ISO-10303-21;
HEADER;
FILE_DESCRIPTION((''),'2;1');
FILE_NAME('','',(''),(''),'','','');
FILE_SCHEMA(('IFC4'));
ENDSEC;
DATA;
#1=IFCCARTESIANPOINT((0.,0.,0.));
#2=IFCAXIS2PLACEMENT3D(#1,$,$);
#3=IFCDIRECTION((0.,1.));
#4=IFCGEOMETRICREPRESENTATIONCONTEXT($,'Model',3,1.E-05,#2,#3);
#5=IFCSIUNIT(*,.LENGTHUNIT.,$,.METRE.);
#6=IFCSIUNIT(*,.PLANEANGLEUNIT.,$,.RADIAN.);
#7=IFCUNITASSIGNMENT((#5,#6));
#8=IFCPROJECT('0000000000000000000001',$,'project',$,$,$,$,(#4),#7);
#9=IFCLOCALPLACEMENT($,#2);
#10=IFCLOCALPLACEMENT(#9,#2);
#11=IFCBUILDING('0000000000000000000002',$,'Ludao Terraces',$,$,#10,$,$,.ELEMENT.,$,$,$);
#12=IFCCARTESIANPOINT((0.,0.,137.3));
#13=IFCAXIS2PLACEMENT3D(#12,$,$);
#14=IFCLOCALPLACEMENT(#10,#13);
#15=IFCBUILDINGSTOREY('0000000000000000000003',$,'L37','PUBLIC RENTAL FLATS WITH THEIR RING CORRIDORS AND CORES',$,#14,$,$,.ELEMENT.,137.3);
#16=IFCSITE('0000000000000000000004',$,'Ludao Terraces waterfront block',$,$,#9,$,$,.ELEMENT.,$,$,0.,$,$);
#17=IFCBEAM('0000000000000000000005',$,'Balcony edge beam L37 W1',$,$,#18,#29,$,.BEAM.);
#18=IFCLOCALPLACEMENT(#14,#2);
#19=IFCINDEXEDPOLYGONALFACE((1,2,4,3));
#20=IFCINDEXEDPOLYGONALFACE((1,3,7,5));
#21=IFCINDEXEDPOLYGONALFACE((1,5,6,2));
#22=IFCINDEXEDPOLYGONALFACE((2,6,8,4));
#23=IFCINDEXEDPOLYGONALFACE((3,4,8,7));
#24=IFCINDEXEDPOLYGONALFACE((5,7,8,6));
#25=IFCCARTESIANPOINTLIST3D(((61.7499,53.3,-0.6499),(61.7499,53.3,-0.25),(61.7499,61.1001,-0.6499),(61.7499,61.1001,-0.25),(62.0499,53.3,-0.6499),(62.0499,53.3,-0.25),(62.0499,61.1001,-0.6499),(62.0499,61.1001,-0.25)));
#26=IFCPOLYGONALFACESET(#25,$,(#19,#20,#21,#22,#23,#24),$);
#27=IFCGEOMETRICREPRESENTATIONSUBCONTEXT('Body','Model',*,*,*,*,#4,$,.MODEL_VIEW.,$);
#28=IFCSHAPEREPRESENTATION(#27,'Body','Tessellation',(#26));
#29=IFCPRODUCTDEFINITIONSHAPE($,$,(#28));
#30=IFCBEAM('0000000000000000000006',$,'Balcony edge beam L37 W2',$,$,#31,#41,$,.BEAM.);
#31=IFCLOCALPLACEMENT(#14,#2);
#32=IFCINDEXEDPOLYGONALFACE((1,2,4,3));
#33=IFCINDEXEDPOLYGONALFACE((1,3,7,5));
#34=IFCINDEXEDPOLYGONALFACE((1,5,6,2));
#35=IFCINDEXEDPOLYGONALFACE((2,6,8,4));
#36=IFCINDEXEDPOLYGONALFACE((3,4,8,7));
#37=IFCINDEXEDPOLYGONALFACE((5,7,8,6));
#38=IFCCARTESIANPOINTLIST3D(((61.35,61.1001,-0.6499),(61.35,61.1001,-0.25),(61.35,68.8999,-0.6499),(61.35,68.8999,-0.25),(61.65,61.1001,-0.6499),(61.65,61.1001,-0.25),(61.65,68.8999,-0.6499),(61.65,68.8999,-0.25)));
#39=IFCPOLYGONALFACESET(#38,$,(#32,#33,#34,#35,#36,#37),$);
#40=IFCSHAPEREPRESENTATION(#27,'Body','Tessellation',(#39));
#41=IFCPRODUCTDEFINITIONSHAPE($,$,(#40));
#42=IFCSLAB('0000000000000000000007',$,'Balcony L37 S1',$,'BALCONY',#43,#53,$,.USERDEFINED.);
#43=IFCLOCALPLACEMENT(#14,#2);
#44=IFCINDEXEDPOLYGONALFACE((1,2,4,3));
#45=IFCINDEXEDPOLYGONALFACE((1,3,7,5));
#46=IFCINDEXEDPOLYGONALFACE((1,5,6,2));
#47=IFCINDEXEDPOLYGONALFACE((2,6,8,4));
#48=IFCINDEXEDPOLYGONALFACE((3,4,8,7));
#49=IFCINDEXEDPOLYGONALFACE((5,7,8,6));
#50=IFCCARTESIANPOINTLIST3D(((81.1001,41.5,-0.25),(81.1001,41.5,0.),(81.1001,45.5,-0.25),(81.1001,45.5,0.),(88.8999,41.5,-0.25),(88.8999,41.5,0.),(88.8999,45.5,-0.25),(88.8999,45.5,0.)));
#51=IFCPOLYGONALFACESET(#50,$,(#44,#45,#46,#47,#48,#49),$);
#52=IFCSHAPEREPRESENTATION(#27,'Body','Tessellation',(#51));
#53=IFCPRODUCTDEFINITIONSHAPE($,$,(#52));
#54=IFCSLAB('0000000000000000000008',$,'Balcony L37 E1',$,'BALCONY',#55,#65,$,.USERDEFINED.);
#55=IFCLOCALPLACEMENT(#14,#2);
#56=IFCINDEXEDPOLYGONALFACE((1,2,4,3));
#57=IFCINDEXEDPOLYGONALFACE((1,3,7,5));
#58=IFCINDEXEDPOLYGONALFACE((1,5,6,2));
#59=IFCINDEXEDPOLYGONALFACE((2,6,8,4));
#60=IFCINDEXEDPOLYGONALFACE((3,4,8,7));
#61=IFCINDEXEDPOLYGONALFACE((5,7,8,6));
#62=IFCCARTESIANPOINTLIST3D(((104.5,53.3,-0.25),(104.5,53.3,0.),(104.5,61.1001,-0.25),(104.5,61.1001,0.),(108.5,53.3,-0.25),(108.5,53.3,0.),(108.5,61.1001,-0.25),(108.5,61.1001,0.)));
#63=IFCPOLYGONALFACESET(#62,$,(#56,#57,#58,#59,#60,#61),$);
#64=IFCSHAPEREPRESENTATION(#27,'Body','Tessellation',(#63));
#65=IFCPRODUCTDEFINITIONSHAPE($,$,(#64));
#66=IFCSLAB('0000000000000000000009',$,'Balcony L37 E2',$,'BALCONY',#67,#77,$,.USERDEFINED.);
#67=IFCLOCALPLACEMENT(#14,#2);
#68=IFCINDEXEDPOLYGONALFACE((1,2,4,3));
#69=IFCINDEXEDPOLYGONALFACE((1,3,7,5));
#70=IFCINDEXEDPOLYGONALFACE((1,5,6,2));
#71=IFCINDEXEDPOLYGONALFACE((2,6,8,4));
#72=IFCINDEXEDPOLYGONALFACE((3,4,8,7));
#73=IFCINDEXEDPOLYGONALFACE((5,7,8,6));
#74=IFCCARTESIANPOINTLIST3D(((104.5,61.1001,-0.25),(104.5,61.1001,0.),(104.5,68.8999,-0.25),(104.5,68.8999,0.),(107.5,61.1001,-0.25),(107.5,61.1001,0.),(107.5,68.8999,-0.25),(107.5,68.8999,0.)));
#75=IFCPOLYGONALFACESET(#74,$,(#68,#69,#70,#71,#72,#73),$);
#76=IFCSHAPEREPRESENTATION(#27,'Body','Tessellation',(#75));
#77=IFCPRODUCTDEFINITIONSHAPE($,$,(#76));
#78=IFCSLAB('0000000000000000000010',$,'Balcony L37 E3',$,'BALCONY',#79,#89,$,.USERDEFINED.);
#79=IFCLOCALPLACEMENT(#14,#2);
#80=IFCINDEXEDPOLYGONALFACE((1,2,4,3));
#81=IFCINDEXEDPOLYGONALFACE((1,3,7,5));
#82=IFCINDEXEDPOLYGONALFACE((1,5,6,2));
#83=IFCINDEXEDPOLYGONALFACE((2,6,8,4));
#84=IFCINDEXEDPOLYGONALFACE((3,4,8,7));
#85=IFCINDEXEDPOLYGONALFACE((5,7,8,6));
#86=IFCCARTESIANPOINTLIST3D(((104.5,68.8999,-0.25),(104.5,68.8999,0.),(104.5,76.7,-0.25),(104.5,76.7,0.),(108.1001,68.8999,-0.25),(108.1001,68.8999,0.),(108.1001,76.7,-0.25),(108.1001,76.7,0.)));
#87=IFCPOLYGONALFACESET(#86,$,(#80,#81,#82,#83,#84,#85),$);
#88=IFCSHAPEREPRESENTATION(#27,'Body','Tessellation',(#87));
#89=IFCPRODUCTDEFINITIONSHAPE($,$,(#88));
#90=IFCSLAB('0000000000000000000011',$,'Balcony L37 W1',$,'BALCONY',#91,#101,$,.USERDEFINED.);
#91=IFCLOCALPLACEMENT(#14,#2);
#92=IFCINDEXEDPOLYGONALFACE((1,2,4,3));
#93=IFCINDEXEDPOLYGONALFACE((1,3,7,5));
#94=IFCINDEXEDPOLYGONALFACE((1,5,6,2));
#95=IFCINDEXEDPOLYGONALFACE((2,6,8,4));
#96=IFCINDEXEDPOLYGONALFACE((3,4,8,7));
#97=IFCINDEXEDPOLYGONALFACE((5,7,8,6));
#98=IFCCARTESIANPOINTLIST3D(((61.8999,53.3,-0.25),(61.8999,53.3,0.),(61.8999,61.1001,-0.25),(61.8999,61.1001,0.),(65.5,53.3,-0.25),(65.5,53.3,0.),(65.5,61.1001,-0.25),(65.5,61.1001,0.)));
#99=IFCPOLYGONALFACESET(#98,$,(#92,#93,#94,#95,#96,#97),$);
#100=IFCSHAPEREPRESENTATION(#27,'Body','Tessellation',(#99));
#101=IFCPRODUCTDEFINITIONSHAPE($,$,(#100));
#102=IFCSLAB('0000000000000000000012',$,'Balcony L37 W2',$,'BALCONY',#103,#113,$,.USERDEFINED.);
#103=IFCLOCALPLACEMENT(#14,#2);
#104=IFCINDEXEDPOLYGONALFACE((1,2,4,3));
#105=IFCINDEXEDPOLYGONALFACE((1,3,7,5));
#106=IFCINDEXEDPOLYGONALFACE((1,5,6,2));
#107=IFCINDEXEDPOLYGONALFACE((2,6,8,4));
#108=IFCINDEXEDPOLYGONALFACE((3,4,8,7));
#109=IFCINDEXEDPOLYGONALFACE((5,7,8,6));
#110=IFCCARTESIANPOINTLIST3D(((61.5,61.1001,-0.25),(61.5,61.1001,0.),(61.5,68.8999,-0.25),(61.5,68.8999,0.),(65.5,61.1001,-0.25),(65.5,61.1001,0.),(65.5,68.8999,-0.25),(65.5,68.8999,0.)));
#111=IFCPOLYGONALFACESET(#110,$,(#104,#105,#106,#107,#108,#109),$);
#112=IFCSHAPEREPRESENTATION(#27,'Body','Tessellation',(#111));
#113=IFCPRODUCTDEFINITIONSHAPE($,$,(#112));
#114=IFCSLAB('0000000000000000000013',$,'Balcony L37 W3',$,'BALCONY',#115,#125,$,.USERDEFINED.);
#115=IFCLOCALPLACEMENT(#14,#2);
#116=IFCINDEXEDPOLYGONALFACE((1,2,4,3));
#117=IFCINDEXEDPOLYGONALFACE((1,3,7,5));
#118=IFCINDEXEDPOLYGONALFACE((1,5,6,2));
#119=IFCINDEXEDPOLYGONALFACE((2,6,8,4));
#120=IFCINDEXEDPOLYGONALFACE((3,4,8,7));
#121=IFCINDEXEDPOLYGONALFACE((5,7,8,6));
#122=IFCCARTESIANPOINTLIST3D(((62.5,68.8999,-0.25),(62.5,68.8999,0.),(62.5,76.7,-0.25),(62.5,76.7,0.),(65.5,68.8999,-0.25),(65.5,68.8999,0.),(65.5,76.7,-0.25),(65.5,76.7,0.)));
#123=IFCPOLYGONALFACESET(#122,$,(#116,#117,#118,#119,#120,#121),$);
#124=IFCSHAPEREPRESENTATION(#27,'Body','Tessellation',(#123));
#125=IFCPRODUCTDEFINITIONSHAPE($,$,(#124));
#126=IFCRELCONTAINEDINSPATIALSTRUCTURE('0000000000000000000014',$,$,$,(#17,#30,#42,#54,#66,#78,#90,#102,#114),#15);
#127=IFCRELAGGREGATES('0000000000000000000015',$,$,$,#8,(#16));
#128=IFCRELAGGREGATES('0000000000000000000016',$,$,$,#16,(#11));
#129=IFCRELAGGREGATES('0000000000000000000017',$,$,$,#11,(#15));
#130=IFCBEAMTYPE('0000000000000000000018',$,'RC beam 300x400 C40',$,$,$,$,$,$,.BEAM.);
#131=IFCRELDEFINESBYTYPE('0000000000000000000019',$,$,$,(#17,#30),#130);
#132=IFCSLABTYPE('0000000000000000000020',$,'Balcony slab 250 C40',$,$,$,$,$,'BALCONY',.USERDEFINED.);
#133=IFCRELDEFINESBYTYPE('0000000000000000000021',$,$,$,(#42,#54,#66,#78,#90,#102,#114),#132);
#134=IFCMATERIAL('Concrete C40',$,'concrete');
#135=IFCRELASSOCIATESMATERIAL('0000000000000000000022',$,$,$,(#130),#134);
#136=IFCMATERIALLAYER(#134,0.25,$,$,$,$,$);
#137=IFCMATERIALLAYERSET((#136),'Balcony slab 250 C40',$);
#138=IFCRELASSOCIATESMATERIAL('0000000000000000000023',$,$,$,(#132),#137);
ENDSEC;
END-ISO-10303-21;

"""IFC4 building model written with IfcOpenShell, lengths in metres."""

from ifc_helpers import new_model, si_unit, direction, frame, origin, origin_2d, place, context, subcontext, project, spatial, polyline, rectangle, outline, extrude, material, layer, layer_set, material_profile, profile_set, type_object, element, save


model = new_model("IFC4")

# Units and contexts
model_context = context("Model", 3, precision=1e-05, world=origin(), true_north=direction((0.0, 1.0)))
body_context = subcontext(model_context, "Body", "Model", "MODEL_VIEW")
ifc_project = project(units=[si_unit("LENGTHUNIT", "METRE"), si_unit("PLANEANGLEUNIT", "RADIAN")], contexts=[model_context])

# Site, building, storey
site_placement = place(None, origin())
site = spatial("IfcSite", under=ifc_project, at=site_placement, Name="Ludao Terraces waterfront block", CompositionType="ELEMENT", RefElevation=0.0)
building_placement = place(site_placement, origin())
building = spatial("IfcBuilding", under=site, at=building_placement, Name="Ludao Terraces", CompositionType="ELEMENT")
storey_placement = place(building_placement, frame((0.0, 0.0, 137.3)))
storey = spatial("IfcBuildingStorey", under=building, at=storey_placement, Name="L37", Description="PUBLIC RENTAL FLATS WITH THEIR RING CORRIDORS AND CORES", CompositionType="ELEMENT", Elevation=137.3)

# Beams
ifc_material_1 = material(Name="Concrete C40", Category="concrete")
ifc_material_profile = material_profile(ifc_material_1, rectangle(XDim=0.3, YDim=0.3999, at=origin_2d()), Name="300 X 400")
ifc_profile_set = profile_set([ifc_material_profile], Name="Concrete C40")
beam_type = type_object("IfcBeamType", Name="RC beam 300x400 C40", PredefinedType="BEAM", material=ifc_profile_set)
beam_1_placement = place(storey_placement, frame((61.8999, 53.3, -0.45), z_axis=(0.0, 1.0, 0.0), x_axis=(-1.0, 0.0, 0.0)))
element("IfcBeam", 1, at=beam_1_placement, inside=storey, type_object=beam_type, Name="Balcony edge beam L37 W1", PredefinedType="BEAM", context=body_context, shape_type="SweptSolid", body=[
    extrude(rectangle(XDim=0.3, YDim=0.3999, at=origin_2d()), origin(), (0.0, 0.0, 1.0), 7.8),
])
beam_2_placement = place(storey_placement, frame((61.5, 61.1001, -0.45), z_axis=(0.0, 1.0, 0.0), x_axis=(-1.0, 0.0, 0.0)))
element("IfcBeam", 2, at=beam_2_placement, inside=storey, type_object=beam_type, Name="Balcony edge beam L37 W2", PredefinedType="BEAM", context=body_context, shape_type="SweptSolid", body=[
    extrude(rectangle(XDim=0.3, YDim=0.3999, at=origin_2d()), origin(), (0.0, 0.0, 1.0), 7.7998),
])

# Slabs
ifc_layer_1 = layer(ifc_material_1, 0.25)
ifc_layer_set_1 = layer_set([ifc_layer_1], Name="Balcony slab 250 C40")
slab_type_1 = type_object("IfcSlabType", Name="Balcony slab 250 C40", ElementType="BALCONY", PredefinedType="USERDEFINED", material=ifc_layer_set_1)
slab_1_placement = place(storey_placement, frame((0.0, 0.0, -0.25)))
element("IfcSlab", 3, at=slab_1_placement, inside=storey, type_object=slab_type_1, Name="Balcony L37 S1", ObjectType="BALCONY", PredefinedType="USERDEFINED", context=body_context, shape_type="SweptSolid", body=[
    extrude(outline(polyline([(81.1001, 41.5), (88.8999, 41.5), (88.8999, 45.5), (81.1001, 45.5), (81.1001, 41.5)])), origin(), (0.0, 0.0, 1.0), 0.25),
])
slab_2_placement = place(storey_placement, frame((0.0, 0.0, -0.25)))
element("IfcSlab", 4, at=slab_2_placement, inside=storey, type_object=slab_type_1, Name="Balcony L37 E1", ObjectType="BALCONY", PredefinedType="USERDEFINED", context=body_context, shape_type="SweptSolid", body=[
    extrude(outline(polyline([(104.5, 53.3), (108.5, 53.3), (108.5, 61.1001), (104.5, 61.1001), (104.5, 53.3)])), origin(), (0.0, 0.0, 1.0), 0.25),
])
slab_3_placement = place(storey_placement, frame((0.0, 0.0, -0.25)))
element("IfcSlab", 5, at=slab_3_placement, inside=storey, type_object=slab_type_1, Name="Balcony L37 E2", ObjectType="BALCONY", PredefinedType="USERDEFINED", context=body_context, shape_type="SweptSolid", body=[
    extrude(outline(polyline([(104.5, 61.1001), (107.5, 61.1001), (107.5, 68.8999), (104.5, 68.8999), (104.5, 61.1001)])), origin(), (0.0, 0.0, 1.0), 0.25),
])
slab_4_placement = place(storey_placement, frame((0.0, 0.0, -0.25)))
element("IfcSlab", 6, at=slab_4_placement, inside=storey, type_object=slab_type_1, Name="Balcony L37 E3", ObjectType="BALCONY", PredefinedType="USERDEFINED", context=body_context, shape_type="SweptSolid", body=[
    extrude(outline(polyline([(104.5, 68.8999), (108.1001, 68.8999), (108.1001, 76.7), (104.5, 76.7), (104.5, 68.8999)])), origin(), (0.0, 0.0, 1.0), 0.25),
])
slab_5_placement = place(storey_placement, frame((0.0, 0.0, -0.25)))
element("IfcSlab", 7, at=slab_5_placement, inside=storey, type_object=slab_type_1, Name="Balcony L37 W1", ObjectType="BALCONY", PredefinedType="USERDEFINED", context=body_context, shape_type="SweptSolid", body=[
    extrude(outline(polyline([(61.8999, 53.3), (65.5, 53.3), (65.5, 61.1001), (61.8999, 61.1001), (61.8999, 53.3)])), origin(), (0.0, 0.0, 1.0), 0.25),
])
slab_6_placement = place(storey_placement, frame((0.0, 0.0, -0.25)))
element("IfcSlab", 8, at=slab_6_placement, inside=storey, type_object=slab_type_1, Name="Balcony L37 W2", ObjectType="BALCONY", PredefinedType="USERDEFINED", context=body_context, shape_type="SweptSolid", body=[
    extrude(outline(polyline([(61.5, 61.1001), (65.5, 61.1001), (65.5, 68.8999), (61.5, 68.8999), (61.5, 61.1001)])), origin(), (0.0, 0.0, 1.0), 0.25),
])
slab_7_placement = place(storey_placement, frame((0.0, 0.0, -0.25)))
element("IfcSlab", 9, at=slab_7_placement, inside=storey, type_object=slab_type_1, Name="Balcony L37 W3", ObjectType="BALCONY", PredefinedType="USERDEFINED", context=body_context, shape_type="SweptSolid", body=[
    extrude(outline(polyline([(62.5, 68.8999), (65.5, 68.8999), (65.5, 76.7), (62.5, 76.7), (62.5, 68.8999)])), origin(), (0.0, 0.0, 1.0), 0.25),
])

save(model, "model.ifc")
